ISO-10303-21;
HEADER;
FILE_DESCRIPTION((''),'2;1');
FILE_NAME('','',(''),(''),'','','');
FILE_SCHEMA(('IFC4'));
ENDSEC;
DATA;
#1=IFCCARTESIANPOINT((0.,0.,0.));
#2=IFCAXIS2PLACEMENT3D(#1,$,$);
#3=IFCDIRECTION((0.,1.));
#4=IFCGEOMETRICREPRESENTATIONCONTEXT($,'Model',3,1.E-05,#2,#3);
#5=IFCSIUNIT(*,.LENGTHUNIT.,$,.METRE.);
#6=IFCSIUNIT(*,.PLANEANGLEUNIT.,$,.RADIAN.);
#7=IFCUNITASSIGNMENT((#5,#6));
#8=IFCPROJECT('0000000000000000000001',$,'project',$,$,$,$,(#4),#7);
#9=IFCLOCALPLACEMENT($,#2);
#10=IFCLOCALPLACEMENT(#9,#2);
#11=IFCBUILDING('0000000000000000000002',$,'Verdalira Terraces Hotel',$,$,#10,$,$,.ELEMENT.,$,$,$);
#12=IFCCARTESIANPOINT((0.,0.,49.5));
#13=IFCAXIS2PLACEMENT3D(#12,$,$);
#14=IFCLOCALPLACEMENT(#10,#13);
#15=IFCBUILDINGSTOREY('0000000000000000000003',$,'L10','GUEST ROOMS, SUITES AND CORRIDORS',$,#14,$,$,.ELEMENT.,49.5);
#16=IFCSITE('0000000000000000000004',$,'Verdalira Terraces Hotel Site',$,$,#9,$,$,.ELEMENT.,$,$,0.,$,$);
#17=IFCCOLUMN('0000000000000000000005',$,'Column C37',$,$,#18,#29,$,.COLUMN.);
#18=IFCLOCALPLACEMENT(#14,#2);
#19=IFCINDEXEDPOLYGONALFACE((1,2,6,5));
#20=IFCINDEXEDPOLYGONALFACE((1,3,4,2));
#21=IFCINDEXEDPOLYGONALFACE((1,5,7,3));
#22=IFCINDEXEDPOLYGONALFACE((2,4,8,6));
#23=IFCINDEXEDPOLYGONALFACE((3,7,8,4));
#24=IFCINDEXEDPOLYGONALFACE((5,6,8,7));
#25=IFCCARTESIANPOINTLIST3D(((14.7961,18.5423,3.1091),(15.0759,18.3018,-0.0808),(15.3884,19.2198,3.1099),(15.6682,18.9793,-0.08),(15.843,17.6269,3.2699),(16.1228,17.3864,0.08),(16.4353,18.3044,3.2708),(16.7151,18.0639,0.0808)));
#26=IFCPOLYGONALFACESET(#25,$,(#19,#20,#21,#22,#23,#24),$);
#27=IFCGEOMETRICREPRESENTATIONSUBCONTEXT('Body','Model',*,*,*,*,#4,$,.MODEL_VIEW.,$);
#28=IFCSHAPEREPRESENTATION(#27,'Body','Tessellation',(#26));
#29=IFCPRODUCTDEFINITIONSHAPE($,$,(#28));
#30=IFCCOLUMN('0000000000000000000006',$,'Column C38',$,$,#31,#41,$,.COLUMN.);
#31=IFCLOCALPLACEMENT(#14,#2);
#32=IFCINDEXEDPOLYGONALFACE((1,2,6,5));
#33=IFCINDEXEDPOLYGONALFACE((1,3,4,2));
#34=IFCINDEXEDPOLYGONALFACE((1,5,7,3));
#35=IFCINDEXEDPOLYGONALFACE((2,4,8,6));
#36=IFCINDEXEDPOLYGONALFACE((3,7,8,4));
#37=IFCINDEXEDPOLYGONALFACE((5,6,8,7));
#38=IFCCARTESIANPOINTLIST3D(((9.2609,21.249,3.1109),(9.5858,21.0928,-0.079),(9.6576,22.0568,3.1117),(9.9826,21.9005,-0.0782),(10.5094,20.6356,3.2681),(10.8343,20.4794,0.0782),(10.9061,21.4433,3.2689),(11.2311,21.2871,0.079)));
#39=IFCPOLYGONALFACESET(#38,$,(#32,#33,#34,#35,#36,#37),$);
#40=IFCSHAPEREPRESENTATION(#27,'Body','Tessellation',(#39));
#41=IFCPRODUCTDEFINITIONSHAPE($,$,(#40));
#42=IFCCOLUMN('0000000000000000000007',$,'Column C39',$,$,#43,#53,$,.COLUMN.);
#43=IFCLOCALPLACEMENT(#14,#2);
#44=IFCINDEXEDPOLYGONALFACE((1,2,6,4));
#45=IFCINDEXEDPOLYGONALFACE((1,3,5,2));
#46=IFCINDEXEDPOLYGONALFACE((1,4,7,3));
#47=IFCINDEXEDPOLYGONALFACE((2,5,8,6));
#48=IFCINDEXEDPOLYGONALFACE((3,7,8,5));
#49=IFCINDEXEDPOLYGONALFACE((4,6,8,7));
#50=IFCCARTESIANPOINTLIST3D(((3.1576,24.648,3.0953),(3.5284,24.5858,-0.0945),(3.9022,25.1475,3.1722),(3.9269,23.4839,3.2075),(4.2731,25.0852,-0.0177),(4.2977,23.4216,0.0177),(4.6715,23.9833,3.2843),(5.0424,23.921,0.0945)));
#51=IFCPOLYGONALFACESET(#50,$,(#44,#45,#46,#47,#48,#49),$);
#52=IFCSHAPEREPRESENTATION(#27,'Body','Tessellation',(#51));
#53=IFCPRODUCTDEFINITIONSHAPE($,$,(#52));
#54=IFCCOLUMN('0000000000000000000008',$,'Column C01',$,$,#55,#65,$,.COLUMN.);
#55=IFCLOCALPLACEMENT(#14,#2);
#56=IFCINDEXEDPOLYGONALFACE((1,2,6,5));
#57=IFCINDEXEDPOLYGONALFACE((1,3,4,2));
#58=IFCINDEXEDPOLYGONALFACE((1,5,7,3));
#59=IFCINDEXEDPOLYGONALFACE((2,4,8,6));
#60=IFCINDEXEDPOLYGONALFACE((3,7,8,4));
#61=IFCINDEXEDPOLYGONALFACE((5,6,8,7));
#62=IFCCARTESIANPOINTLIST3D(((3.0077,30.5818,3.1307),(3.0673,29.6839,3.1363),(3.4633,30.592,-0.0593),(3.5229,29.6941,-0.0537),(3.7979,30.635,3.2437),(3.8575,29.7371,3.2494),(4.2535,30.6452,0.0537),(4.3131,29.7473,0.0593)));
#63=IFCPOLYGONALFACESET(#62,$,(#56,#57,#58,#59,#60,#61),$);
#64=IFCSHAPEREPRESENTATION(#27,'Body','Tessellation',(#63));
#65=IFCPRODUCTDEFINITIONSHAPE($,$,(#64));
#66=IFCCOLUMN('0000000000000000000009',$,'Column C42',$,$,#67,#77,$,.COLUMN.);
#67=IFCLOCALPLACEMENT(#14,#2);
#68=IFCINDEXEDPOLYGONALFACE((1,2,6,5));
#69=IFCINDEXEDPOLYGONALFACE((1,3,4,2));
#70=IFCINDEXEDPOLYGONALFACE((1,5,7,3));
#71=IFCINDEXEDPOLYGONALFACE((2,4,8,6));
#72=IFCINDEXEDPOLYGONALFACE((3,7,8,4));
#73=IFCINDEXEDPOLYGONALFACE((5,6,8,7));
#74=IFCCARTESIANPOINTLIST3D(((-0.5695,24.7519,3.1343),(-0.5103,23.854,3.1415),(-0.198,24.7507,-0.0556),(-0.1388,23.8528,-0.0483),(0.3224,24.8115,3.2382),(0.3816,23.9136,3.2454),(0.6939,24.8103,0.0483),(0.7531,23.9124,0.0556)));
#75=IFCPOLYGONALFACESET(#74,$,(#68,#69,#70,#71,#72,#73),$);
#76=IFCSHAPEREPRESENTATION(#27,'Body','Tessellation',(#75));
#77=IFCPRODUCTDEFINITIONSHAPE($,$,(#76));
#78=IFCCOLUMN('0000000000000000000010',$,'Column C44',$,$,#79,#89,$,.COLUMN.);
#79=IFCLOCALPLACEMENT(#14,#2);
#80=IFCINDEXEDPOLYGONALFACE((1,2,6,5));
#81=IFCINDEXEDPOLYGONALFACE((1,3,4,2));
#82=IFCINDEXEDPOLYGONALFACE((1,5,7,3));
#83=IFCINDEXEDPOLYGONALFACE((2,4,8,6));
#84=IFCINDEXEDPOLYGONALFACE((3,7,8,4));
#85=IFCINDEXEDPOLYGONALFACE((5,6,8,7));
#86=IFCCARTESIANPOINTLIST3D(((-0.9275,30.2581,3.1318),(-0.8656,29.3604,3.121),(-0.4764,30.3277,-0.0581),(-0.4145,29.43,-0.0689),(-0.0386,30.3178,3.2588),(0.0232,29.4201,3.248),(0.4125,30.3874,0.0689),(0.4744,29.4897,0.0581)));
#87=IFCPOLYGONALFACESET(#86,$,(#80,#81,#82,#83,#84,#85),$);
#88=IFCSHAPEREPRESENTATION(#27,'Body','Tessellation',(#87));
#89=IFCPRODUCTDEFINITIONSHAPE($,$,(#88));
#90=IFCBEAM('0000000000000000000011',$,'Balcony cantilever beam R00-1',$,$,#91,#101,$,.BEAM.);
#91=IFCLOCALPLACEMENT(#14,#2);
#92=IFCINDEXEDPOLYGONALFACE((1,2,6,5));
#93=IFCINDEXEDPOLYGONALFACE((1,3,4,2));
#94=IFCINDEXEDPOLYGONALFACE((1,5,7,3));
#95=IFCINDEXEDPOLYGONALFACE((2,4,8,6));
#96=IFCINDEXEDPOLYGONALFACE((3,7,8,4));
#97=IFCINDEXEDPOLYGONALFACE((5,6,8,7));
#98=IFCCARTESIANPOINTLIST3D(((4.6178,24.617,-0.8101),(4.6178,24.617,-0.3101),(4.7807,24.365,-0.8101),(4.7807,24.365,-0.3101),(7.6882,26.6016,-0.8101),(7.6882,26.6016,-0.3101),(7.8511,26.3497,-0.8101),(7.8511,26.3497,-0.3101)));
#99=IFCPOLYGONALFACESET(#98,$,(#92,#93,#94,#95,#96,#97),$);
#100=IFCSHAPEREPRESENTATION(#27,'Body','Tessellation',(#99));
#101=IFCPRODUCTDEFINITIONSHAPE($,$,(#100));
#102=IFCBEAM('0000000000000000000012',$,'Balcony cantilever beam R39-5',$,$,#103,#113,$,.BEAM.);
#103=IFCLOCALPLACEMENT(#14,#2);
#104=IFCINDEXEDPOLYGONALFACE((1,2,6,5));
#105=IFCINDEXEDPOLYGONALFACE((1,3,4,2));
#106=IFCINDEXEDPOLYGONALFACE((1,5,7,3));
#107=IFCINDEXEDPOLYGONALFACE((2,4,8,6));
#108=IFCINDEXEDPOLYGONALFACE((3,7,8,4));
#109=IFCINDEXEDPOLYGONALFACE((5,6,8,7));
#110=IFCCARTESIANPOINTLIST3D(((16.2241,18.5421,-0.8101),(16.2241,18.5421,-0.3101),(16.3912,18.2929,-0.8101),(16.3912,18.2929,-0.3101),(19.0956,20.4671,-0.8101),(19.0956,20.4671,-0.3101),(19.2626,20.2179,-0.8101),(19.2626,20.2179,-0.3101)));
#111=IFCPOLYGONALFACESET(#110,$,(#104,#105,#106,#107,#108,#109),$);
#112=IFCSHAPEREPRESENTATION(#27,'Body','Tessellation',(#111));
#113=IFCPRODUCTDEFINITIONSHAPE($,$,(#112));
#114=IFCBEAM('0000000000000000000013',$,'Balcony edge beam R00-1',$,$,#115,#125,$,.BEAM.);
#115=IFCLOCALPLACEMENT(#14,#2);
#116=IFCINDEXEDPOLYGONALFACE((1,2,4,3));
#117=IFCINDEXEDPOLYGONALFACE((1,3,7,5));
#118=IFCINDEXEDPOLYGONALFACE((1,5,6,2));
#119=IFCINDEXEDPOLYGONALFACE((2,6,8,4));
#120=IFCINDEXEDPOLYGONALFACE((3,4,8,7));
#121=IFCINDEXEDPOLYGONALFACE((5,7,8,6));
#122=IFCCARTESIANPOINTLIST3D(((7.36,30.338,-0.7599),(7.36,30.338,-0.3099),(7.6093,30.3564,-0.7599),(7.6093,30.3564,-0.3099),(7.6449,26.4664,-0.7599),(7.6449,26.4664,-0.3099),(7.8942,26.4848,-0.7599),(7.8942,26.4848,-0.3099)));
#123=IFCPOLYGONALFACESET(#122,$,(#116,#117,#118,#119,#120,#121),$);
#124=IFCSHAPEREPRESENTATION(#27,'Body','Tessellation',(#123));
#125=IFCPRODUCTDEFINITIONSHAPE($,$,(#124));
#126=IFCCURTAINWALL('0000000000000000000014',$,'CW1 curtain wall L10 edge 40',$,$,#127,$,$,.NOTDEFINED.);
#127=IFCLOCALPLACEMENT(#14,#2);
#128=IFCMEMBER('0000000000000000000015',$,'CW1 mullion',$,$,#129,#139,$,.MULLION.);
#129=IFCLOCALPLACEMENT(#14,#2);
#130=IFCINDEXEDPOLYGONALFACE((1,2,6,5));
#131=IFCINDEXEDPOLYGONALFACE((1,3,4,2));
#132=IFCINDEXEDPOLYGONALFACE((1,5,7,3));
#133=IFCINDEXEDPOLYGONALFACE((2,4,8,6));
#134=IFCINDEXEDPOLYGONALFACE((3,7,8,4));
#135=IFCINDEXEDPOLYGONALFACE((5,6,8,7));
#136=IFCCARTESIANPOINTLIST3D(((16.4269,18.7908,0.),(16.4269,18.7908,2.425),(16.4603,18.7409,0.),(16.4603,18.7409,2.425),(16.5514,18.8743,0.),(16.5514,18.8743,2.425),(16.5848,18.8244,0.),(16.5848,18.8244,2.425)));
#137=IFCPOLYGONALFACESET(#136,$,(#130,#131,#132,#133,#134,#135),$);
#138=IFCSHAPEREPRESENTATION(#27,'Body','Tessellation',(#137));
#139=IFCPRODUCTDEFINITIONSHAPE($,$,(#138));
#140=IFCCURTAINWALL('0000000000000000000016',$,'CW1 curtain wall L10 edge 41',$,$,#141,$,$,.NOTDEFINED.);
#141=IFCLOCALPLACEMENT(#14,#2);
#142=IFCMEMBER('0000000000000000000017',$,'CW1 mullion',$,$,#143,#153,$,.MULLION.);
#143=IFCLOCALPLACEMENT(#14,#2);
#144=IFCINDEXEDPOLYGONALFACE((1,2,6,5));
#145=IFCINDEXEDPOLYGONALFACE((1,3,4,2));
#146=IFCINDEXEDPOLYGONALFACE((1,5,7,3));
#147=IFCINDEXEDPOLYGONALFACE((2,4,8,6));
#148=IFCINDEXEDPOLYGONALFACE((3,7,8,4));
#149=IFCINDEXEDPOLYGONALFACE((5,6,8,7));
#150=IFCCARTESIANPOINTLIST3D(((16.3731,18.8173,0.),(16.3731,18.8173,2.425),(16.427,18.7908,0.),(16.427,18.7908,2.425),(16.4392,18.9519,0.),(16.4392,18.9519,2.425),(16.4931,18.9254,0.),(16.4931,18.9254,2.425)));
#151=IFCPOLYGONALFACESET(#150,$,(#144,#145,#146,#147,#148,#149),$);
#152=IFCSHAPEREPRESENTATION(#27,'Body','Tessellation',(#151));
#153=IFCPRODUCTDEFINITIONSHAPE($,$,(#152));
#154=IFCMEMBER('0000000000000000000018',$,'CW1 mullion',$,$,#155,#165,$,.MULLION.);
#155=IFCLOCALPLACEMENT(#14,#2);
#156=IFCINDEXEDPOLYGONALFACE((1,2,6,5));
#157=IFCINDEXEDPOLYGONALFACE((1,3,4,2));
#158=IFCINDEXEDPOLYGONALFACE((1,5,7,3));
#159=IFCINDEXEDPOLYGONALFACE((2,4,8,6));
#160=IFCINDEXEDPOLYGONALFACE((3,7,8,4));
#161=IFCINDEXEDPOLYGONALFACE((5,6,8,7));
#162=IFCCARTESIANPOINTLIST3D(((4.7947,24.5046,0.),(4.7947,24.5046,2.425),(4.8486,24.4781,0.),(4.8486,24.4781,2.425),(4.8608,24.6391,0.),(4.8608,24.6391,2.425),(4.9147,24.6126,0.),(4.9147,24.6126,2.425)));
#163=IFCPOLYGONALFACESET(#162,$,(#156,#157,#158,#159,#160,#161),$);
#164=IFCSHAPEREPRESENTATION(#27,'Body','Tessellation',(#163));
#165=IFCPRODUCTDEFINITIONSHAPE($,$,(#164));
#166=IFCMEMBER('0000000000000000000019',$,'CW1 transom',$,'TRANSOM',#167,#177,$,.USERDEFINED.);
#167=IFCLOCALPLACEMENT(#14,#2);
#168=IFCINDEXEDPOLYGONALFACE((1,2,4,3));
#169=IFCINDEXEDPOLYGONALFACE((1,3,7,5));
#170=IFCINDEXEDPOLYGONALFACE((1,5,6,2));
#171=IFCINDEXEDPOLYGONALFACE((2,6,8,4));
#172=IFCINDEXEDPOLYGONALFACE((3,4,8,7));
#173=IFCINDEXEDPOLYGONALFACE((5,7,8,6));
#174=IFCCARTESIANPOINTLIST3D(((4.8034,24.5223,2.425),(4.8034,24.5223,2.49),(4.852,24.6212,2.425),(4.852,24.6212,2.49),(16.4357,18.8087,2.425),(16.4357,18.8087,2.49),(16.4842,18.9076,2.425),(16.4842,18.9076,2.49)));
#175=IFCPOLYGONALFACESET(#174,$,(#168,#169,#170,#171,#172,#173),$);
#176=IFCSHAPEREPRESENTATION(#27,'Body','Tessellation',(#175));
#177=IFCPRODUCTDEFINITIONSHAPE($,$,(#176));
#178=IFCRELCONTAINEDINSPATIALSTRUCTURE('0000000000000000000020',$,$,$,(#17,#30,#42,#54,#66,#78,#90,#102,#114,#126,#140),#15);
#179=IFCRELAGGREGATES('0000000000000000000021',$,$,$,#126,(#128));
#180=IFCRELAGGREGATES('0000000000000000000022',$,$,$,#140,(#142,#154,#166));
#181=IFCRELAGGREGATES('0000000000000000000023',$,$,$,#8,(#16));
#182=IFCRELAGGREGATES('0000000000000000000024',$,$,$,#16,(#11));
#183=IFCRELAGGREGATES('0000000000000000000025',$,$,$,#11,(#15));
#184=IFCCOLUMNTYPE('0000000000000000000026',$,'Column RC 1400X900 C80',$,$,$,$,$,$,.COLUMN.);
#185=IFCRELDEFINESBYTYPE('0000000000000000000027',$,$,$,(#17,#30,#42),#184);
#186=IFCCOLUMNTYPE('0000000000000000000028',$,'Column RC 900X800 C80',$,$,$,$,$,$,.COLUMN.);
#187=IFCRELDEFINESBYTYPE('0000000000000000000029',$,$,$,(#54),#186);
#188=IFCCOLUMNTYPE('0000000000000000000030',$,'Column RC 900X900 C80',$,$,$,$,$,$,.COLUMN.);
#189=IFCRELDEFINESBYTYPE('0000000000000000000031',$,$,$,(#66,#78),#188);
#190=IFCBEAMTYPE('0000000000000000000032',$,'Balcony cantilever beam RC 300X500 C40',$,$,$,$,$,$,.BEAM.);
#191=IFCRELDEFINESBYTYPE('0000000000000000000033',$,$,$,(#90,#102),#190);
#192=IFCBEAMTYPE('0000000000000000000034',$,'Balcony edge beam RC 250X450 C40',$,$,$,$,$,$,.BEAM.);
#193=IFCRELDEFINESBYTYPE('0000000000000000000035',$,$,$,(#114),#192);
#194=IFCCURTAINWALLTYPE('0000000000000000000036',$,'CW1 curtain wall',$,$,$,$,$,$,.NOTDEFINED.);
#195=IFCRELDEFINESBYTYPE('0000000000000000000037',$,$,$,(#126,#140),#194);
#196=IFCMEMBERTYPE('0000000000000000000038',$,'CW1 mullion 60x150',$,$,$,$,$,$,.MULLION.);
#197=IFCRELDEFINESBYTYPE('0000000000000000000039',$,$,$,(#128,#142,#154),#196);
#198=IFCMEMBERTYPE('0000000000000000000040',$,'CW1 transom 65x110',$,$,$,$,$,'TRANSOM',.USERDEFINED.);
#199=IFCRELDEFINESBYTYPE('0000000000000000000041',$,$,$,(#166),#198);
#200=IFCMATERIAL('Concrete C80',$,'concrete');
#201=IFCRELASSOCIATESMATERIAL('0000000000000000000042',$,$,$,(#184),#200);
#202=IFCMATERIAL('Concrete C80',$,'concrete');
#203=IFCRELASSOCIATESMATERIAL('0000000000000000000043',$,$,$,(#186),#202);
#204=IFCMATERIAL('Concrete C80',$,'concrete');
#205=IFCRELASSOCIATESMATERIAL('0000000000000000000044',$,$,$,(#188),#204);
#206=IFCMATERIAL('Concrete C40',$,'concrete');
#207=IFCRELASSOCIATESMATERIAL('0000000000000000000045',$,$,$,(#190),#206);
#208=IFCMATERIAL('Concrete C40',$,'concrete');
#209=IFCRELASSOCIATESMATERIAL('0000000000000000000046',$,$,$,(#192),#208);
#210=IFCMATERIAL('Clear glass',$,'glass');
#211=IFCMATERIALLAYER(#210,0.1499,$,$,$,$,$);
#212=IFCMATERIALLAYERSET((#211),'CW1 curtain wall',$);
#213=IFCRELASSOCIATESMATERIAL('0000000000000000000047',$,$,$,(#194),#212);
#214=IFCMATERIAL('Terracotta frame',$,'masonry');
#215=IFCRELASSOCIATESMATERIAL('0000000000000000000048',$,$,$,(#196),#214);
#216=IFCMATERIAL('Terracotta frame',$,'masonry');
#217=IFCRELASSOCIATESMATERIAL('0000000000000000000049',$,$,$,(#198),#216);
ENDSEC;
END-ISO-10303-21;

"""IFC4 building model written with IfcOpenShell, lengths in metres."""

from ifc_helpers import new_model, si_unit, direction, frame, origin, origin_2d, place, context, subcontext, project, spatial, rectangle, extrude, material, layer, layer_set, material_profile, profile_set, type_object, element, aggregate, save


model = new_model("IFC4")

# Units and contexts
model_context = context("Model", 3, precision=1e-05, world=origin(), true_north=direction((0.0, 1.0)))
body_context = subcontext(model_context, "Body", "Model", "MODEL_VIEW")
ifc_project = project(units=[si_unit("LENGTHUNIT", "METRE"), si_unit("PLANEANGLEUNIT", "RADIAN")], contexts=[model_context])

# Site, building, storey
site_placement = place(None, origin())
site = spatial("IfcSite", under=ifc_project, at=site_placement, Name="Verdalira Terraces Hotel Site", CompositionType="ELEMENT", RefElevation=0.0)
building_placement = place(site_placement, origin())
building = spatial("IfcBuilding", under=site, at=building_placement, Name="Verdalira Terraces Hotel", CompositionType="ELEMENT")
storey_placement = place(building_placement, frame((0.0, 0.0, 49.5)))
storey = spatial("IfcBuildingStorey", under=building, at=storey_placement, Name="L10", Description="GUEST ROOMS, SUITES AND CORRIDORS", CompositionType="ELEMENT", Elevation=49.5)

# Columns
ifc_material_1 = material(Name="Concrete C80", Category="concrete")
ifc_material_profile_1 = material_profile(ifc_material_1, rectangle(XDim=1.3999, YDim=0.8999, at=origin_2d()), Name="RC 1400X900")
ifc_profile_set_1 = profile_set([ifc_material_profile_1], Name="Concrete C80")
column_type_1 = type_object("IfcColumnType", Name="Column RC 1400X900 C80", PredefinedType="COLUMN", material=ifc_profile_set_1)
column_1_placement = place(storey_placement, frame((15.8955, 18.1829, 0.0), z_axis=(-0.087128, 0.074887, 0.993378), x_axis=(0.747823, -0.653883, 0.114884)))
element("IfcColumn", 1, at=column_1_placement, inside=storey, type_object=column_type_1, Name="Column C37", PredefinedType="COLUMN", context=body_context, shape_type="SweptSolid", body=[
    extrude(rectangle(XDim=1.3999, YDim=0.8999, at=origin_2d()), origin(), (0.0, 0.0, 1.0), 3.2112),
])
column_2_placement = place(storey_placement, frame((10.4084, 21.1899, 0.0), z_axis=(-0.101223, 0.048672, 0.993672), x_axis=(-0.891839, 0.438189, -0.112313)))
element("IfcColumn", 2, at=column_2_placement, inside=storey, type_object=column_type_1, Name="Column C38", PredefinedType="COLUMN", context=body_context, shape_type="SweptSolid", body=[
    extrude(rectangle(XDim=1.3999, YDim=0.8999, at=origin_2d()), origin(), (0.0, 0.0, 1.0), 3.2102),
])
column_3_placement = place(storey_placement, frame((4.2854, 24.2534, 0.0), z_axis=(-0.115456, 0.019382, 0.993123), x_axis=(0.549525, -0.831627, 0.080116)))
element("IfcColumn", 3, at=column_3_placement, inside=storey, type_object=column_type_1, Name="Column C39", PredefinedType="COLUMN", context=body_context, shape_type="SweptSolid", body=[
    extrude(rectangle(XDim=1.3999, YDim=0.8999, at=origin_2d()), origin(), (0.0, 0.0, 1.0), 3.2119),
])
ifc_material_2 = material(Name="Concrete C80", Category="concrete")
ifc_material_profile_2 = material_profile(ifc_material_2, rectangle(XDim=0.8999, YDim=0.8, at=origin_2d()), Name="RC 900X800")
ifc_profile_set_2 = profile_set([ifc_material_profile_2], Name="Concrete C80")
column_type_2 = type_object("IfcColumnType", Name="Column RC 900X800 C80", PredefinedType="COLUMN", material=ifc_profile_set_2)
column_4_placement = place(storey_placement, frame((3.8882, 30.1697, 0.0), z_axis=(-0.141378, -0.003182, 0.989951), x_axis=(-0.066246, 0.997784, -0.006253)))
element("IfcColumn", 4, at=column_4_placement, inside=storey, type_object=column_type_2, Name="Column C01", PredefinedType="COLUMN", context=body_context, shape_type="SweptSolid", body=[
    extrude(rectangle(XDim=0.8999, YDim=0.8, at=origin_2d()), origin(), (0.0, 0.0, 1.0), 3.2224),
])
ifc_material_3 = material(Name="Concrete C80", Category="concrete")
ifc_material_profile_3 = material_profile(ifc_material_3, rectangle(XDim=0.8999, YDim=0.8999, at=origin_2d()), Name="RC 900X900")
ifc_profile_set_3 = profile_set([ifc_material_profile_3], Name="Concrete C80")
column_type_3 = type_object("IfcColumnType", Name="Column RC 900X900 C80", PredefinedType="COLUMN", material=ifc_profile_set_3)
column_5_placement = place(storey_placement, frame((0.2776, 24.3315, 0.0), z_axis=(-0.115703, 0.00038, 0.993284), x_axis=(-0.06578, 0.997802, -0.008044)))
element("IfcColumn", 5, at=column_5_placement, inside=storey, type_object=column_type_3, Name="Column C42", PredefinedType="COLUMN", context=body_context, shape_type="SweptSolid", body=[
    extrude(rectangle(XDim=0.8999, YDim=0.8999, at=origin_2d()), origin(), (0.0, 0.0, 1.0), 3.2114),
])
column_6_placement = place(storey_placement, frame((-0.001, 29.9087, 0.0), z_axis=(-0.140009, -0.021592, 0.989915), x_axis=(-0.06878, 0.997559, 0.012031)))
element("IfcColumn", 6, at=column_6_placement, inside=storey, type_object=column_type_3, Name="Column C44", PredefinedType="COLUMN", context=body_context, shape_type="SweptSolid", body=[
    extrude(rectangle(XDim=0.8999, YDim=0.8999, at=origin_2d()), origin(), (0.0, 0.0, 1.0), 3.2224),
])

# Beams
ifc_material_4 = material(Name="Concrete C40", Category="concrete")
ifc_material_profile_4 = material_profile(ifc_material_4, rectangle(XDim=0.3, YDim=0.5, at=origin_2d()), Name="RC 300X500")
ifc_profile_set_4 = profile_set([ifc_material_profile_4], Name="Concrete C40")
beam_type_1 = type_object("IfcBeamType", Name="Balcony cantilever beam RC 300X500 C40", PredefinedType="BEAM", material=ifc_profile_set_4)
beam_1_placement = place(storey_placement, frame((4.6992, 24.491, -0.5601), z_axis=(0.839826, 0.542855, 0.0), x_axis=(-0.542855, 0.839826, 0.0)))
element("IfcBeam", 7, at=beam_1_placement, inside=storey, type_object=beam_type_1, Name="Balcony cantilever beam R00-1", PredefinedType="BEAM", context=body_context, shape_type="SweptSolid", body=[
    extrude(rectangle(XDim=0.3, YDim=0.5, at=origin_2d()), origin(), (0.0, 0.0, 1.0), 3.656),
])
beam_2_placement = place(storey_placement, frame((16.3076, 18.4175, -0.5601), z_axis=(0.830624, 0.556833, 0.0), x_axis=(-0.556833, 0.830624, 0.0)))
element("IfcBeam", 8, at=beam_2_placement, inside=storey, type_object=beam_type_1, Name="Balcony cantilever beam R39-5", PredefinedType="BEAM", context=body_context, shape_type="SweptSolid", body=[
    extrude(rectangle(XDim=0.3, YDim=0.5, at=origin_2d()), origin(), (0.0, 0.0, 1.0), 3.457),
])
ifc_material_5 = material(Name="Concrete C40", Category="concrete")
ifc_material_profile_5 = material_profile(ifc_material_5, rectangle(XDim=0.25, YDim=0.45, at=origin_2d()), Name="RC 250X450")
ifc_profile_set_5 = profile_set([ifc_material_profile_5], Name="Concrete C40")
beam_type_2 = type_object("IfcBeamType", Name="Balcony edge beam RC 250X450 C40", PredefinedType="BEAM", material=ifc_profile_set_5)
beam_3_placement = place(storey_placement, frame((7.7695, 26.4756, -0.5349), z_axis=(-0.073392, 0.997303, 0.0), x_axis=(-0.997303, -0.073392, 0.0)))
element("IfcBeam", 9, at=beam_3_placement, inside=storey, type_object=beam_type_2, Name="Balcony edge beam R00-1", PredefinedType="BEAM", context=body_context, shape_type="SweptSolid", body=[
    extrude(rectangle(XDim=0.25, YDim=0.45, at=origin_2d()), origin(), (0.0, 0.0, 1.0), 3.8821),
])

# Curtain wall, member
ifc_material_6 = material(Name="Clear glass", Category="glass")
ifc_layer_1 = layer(ifc_material_6, 0.1499)
ifc_layer_set_1 = layer_set([ifc_layer_1], Name="CW1 curtain wall")
curtain_wall_type_1 = type_object("IfcCurtainWallType", Name="CW1 curtain wall", PredefinedType="NOTDEFINED", material=ifc_layer_set_1)
curtain_wall_1_placement = place(storey_placement, origin())
curtain_wall_1 = element("IfcCurtainWall", 10, at=curtain_wall_1_placement, inside=storey, type_object=curtain_wall_type_1, Name="CW1 curtain wall L10 edge 40", PredefinedType="NOTDEFINED")
ifc_material_7 = material(Name="Terracotta frame", Category="masonry")
ifc_material_profile_6 = material_profile(ifc_material_7, rectangle(XDim=0.0601, YDim=0.1499, at=origin_2d()), Name="MU 60x150")
ifc_profile_set_6 = profile_set([ifc_material_profile_6], Name="Terracotta frame")
member_type_1 = type_object("IfcMemberType", Name="CW1 mullion 60x150", PredefinedType="MULLION", material=ifc_profile_set_6)
member_1_placement = place(storey_placement, frame((16.5059, 18.8076, 0.0), z_axis=(0.0, 0.0, 1.0), x_axis=(-0.556876, 0.830596, 0.0)))
member_1 = element("IfcMember", 11, at=member_1_placement, type_object=member_type_1, Name="CW1 mullion", PredefinedType="MULLION", context=body_context, shape_type="SweptSolid", body=[
    extrude(rectangle(XDim=0.0601, YDim=0.1499, at=origin_2d()), origin(), (0.0, 0.0, 1.0), 2.425),
])
aggregate(curtain_wall_1, [member_1])

# Curtain wall, members
curtain_wall_2_placement = place(storey_placement, origin())
curtain_wall_2 = element("IfcCurtainWall", 12, at=curtain_wall_2_placement, inside=storey, type_object=curtain_wall_type_1, Name="CW1 curtain wall L10 edge 41", PredefinedType="NOTDEFINED")
member_2_placement = place(storey_placement, frame((16.4331, 18.8713, 0.0), z_axis=(0.0, 0.0, 1.0), x_axis=(-0.897566, 0.440879, 0.0)))
member_2 = element("IfcMember", 13, at=member_2_placement, type_object=member_type_1, Name="CW1 mullion", PredefinedType="MULLION", context=body_context, shape_type="SweptSolid", body=[
    extrude(rectangle(XDim=0.0601, YDim=0.1499, at=origin_2d()), origin(), (0.0, 0.0, 1.0), 2.425),
])
member_3_placement = place(storey_placement, frame((4.8547, 24.5586, 0.0), z_axis=(0.0, 0.0, 1.0), x_axis=(-0.897566, 0.440879, 0.0)))
member_3 = element("IfcMember", 14, at=member_3_placement, type_object=member_type_1, Name="CW1 mullion", PredefinedType="MULLION", context=body_context, shape_type="SweptSolid", body=[
    extrude(rectangle(XDim=0.0601, YDim=0.1499, at=origin_2d()), origin(), (0.0, 0.0, 1.0), 2.425),
])
ifc_material_8 = material(Name="Terracotta frame", Category="masonry")
ifc_material_profile_7 = material_profile(ifc_material_8, rectangle(XDim=0.1101, YDim=0.0649, at=origin_2d()), Name="TR 65x110")
ifc_profile_set_7 = profile_set([ifc_material_profile_7], Name="Terracotta frame")
member_type_2 = type_object("IfcMemberType", Name="CW1 transom 65x110", ElementType="TRANSOM", PredefinedType="USERDEFINED", material=ifc_profile_set_7)
member_4_placement = place(storey_placement, frame((16.46, 18.8582, 2.4575), z_axis=(-0.89757, 0.440873, 0.0), x_axis=(-0.440873, -0.89757, 0.0)))
member_4 = element("IfcMember", 15, at=member_4_placement, type_object=member_type_2, Name="CW1 transom", ObjectType="TRANSOM", PredefinedType="USERDEFINED", context=body_context, shape_type="SweptSolid", body=[
    extrude(rectangle(XDim=0.1101, YDim=0.0649, at=origin_2d()), origin(), (0.0, 0.0, 1.0), 12.9597),
])

aggregate(curtain_wall_2, [member_2, member_3, member_4])

save(model, "model.ifc")
